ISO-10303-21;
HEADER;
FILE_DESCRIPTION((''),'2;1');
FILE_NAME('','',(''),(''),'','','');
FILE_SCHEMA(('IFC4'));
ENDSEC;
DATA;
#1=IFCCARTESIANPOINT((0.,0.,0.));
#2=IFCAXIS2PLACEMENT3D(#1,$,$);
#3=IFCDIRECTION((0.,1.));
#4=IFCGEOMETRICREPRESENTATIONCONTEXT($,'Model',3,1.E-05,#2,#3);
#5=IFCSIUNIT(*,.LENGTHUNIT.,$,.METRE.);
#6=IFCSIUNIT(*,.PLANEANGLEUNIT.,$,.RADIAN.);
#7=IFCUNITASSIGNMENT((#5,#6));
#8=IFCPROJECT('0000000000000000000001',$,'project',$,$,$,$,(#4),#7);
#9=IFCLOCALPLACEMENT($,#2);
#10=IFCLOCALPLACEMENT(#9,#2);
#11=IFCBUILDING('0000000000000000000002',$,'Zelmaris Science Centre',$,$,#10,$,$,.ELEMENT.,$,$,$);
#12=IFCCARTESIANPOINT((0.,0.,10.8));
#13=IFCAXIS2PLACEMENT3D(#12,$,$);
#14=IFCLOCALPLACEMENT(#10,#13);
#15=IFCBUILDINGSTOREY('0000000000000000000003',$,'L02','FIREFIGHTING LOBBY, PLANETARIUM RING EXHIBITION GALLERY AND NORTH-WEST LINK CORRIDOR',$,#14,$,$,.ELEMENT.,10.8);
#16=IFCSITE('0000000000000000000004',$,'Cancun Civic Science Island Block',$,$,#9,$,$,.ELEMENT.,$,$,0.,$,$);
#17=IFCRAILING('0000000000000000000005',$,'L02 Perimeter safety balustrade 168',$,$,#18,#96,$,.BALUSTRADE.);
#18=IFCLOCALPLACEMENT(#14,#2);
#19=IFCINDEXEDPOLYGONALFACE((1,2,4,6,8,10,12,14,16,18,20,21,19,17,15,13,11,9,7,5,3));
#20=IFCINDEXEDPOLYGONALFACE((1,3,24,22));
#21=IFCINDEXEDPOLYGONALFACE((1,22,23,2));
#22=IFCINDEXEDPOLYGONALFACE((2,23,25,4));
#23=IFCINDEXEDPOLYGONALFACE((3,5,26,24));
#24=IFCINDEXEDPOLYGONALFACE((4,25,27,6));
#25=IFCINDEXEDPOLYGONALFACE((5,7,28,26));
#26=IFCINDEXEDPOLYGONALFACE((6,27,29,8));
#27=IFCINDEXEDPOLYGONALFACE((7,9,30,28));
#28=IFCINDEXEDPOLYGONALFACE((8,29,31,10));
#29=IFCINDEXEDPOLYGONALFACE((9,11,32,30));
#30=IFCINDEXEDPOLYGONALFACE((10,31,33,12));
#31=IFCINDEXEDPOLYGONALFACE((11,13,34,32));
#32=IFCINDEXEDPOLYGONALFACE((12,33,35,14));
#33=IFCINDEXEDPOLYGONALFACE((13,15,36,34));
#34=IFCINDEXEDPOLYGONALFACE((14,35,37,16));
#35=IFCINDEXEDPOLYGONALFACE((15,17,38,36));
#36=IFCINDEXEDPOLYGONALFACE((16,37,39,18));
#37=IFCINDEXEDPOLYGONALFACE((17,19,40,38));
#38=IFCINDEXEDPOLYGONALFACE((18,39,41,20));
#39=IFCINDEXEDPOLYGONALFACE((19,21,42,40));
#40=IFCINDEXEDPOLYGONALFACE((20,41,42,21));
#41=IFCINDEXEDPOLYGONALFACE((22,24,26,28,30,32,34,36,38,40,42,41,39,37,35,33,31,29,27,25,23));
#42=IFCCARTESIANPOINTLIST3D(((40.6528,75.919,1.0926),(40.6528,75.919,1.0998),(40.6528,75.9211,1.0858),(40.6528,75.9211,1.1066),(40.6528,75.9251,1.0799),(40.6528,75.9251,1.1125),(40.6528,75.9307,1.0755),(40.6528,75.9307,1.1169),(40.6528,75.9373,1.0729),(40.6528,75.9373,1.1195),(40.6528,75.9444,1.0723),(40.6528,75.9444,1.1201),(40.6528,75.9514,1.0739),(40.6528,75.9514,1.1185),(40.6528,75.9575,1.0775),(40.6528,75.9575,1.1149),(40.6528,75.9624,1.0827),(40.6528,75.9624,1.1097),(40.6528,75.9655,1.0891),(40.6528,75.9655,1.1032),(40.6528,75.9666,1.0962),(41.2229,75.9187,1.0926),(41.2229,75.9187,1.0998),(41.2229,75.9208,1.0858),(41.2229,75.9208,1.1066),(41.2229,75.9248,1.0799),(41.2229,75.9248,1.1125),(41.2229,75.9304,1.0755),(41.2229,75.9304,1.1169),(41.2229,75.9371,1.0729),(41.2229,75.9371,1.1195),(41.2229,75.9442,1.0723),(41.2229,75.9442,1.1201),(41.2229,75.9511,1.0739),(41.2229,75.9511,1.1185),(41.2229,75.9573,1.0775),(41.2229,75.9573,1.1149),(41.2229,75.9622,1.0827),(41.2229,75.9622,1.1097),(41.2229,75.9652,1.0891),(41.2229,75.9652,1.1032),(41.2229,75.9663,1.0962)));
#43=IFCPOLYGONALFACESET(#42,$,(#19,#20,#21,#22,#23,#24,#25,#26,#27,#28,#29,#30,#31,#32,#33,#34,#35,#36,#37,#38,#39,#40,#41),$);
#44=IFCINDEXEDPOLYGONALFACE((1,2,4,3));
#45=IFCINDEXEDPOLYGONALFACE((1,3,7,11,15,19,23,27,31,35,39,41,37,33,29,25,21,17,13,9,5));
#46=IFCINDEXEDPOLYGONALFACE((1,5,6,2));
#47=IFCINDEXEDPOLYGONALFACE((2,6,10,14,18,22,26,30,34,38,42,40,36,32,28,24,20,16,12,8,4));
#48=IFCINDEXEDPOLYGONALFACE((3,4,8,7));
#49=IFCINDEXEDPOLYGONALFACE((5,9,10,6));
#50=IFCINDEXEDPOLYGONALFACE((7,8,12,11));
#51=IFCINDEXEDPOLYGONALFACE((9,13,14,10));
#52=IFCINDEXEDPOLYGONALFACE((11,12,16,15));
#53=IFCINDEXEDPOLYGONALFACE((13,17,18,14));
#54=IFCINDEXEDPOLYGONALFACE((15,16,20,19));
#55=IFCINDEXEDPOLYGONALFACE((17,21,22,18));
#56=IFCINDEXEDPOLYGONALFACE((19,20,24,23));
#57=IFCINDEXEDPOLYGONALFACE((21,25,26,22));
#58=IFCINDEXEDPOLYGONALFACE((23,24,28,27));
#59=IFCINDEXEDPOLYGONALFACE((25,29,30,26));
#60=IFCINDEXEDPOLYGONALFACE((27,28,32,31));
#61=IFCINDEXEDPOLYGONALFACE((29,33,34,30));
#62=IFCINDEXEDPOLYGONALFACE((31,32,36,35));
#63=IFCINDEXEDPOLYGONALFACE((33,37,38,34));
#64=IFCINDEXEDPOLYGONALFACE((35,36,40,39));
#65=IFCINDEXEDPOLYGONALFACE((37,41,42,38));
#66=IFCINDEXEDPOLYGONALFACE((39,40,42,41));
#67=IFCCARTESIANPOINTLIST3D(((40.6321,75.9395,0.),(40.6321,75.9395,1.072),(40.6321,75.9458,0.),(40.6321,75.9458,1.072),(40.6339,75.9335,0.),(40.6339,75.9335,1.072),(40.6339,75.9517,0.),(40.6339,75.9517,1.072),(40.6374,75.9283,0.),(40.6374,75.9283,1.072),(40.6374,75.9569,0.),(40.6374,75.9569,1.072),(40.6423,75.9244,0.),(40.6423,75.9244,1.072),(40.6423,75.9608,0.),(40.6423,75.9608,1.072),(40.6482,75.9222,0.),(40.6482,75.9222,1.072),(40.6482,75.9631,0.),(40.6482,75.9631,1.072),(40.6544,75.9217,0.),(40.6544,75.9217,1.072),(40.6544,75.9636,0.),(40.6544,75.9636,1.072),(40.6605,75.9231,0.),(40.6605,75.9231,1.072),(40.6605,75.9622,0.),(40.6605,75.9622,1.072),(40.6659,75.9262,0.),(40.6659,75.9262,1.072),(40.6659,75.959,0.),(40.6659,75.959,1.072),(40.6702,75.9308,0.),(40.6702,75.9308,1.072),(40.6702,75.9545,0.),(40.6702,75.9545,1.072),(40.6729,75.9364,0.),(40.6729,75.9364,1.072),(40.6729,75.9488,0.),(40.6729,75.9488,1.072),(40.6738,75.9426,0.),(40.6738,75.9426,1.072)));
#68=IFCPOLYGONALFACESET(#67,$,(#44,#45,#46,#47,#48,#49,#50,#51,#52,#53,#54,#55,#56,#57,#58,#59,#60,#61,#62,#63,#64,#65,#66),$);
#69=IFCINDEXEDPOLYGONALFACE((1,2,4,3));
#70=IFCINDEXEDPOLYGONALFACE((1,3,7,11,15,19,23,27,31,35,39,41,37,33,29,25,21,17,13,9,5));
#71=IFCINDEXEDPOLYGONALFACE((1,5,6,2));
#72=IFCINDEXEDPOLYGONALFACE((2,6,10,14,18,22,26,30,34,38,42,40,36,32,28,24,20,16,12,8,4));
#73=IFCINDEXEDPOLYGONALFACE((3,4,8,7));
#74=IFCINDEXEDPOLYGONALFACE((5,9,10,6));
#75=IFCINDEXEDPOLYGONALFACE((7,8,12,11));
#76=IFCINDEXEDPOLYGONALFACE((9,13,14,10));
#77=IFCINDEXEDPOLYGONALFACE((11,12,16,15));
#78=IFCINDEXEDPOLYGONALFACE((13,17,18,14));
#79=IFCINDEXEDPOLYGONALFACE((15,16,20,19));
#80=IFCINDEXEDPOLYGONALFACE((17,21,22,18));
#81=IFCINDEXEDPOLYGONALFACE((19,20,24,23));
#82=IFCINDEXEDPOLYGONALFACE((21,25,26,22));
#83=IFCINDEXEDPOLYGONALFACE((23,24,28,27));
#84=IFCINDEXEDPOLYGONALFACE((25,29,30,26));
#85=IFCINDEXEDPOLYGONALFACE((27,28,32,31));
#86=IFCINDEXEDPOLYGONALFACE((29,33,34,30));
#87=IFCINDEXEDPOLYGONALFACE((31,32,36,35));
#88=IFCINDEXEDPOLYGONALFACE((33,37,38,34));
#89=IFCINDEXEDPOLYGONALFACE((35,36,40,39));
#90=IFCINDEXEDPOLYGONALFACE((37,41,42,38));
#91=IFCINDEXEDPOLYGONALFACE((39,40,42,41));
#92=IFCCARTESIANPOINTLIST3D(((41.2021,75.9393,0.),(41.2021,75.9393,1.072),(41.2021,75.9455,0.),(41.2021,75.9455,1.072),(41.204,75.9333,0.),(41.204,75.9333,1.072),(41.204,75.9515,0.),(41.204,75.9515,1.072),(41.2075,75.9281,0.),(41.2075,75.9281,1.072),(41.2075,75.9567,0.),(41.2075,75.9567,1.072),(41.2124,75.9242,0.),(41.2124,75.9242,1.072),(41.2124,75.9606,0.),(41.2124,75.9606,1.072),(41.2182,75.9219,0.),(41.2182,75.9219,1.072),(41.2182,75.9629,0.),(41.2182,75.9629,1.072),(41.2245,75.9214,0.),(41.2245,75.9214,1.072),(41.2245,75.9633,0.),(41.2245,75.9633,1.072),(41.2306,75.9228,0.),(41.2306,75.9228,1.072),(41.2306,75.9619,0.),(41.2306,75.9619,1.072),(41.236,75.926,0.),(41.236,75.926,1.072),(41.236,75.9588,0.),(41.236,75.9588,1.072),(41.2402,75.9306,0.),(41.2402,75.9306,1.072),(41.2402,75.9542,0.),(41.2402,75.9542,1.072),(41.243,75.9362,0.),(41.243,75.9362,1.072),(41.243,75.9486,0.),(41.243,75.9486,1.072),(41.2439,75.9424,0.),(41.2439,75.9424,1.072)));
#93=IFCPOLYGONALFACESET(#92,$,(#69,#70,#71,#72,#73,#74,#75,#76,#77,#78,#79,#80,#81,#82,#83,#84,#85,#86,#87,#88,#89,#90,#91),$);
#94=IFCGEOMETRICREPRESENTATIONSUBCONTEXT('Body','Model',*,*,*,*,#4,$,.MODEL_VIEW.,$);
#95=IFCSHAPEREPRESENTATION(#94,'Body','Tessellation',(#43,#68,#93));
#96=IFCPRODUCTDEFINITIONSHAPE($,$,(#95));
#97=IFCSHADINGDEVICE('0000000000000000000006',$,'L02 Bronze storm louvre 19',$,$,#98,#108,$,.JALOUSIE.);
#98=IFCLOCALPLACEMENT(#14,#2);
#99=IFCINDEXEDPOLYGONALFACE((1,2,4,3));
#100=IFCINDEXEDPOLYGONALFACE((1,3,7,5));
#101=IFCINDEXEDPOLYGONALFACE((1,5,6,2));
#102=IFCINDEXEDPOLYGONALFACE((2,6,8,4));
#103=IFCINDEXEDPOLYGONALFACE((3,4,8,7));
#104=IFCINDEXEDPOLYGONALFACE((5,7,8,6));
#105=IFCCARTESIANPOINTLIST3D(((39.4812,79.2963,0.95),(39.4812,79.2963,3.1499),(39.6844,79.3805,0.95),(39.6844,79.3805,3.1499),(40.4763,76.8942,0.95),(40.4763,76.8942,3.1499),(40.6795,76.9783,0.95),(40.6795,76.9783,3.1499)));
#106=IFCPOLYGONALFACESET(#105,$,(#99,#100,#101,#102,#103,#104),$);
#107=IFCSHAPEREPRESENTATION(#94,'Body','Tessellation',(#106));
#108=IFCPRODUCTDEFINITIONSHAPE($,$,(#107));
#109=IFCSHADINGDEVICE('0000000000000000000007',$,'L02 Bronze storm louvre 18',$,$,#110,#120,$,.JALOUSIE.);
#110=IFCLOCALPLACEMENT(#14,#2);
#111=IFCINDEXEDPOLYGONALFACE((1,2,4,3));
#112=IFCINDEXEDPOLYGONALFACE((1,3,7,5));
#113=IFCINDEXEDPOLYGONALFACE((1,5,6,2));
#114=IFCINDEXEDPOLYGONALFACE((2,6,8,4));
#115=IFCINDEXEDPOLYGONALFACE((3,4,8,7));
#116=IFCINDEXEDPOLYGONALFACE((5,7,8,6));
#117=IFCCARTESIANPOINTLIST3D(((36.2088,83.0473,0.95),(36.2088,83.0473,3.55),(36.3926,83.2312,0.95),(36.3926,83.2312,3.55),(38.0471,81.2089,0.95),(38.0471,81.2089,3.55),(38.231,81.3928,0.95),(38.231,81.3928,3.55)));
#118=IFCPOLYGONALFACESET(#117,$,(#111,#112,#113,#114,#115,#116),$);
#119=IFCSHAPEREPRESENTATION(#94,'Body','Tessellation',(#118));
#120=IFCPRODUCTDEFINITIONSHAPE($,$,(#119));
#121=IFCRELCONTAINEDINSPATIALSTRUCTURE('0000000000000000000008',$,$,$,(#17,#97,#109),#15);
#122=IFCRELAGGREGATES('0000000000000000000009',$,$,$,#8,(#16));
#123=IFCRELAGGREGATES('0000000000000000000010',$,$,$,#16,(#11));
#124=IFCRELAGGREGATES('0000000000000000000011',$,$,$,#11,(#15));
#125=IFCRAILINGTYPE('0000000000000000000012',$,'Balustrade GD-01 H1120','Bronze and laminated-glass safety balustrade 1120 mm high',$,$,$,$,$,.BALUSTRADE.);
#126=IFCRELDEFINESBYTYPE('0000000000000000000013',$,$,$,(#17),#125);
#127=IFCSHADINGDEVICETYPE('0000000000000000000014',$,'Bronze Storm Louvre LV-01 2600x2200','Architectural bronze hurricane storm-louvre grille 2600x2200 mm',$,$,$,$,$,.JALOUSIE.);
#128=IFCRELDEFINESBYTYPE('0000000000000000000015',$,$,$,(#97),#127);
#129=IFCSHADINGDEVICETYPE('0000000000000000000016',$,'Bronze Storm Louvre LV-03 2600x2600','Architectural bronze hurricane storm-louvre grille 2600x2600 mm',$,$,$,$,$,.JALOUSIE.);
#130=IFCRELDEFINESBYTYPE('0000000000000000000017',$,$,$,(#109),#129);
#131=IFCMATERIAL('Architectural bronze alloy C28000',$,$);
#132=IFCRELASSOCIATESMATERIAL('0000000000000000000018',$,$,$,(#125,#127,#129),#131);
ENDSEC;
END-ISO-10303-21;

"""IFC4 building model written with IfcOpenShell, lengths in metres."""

from ifc_helpers import new_model, si_unit, direction, frame, frame_2d, origin, origin_2d, place, context, subcontext, project, spatial, rectangle, circle, extrude, material, type_object, element, save


model = new_model("IFC4")

# Units and contexts
model_context = context("Model", 3, precision=1e-05, world=origin(), true_north=direction((0.0, 1.0)))
body_context = subcontext(model_context, "Body", "Model", "MODEL_VIEW")
ifc_project = project(units=[si_unit("LENGTHUNIT", "METRE"), si_unit("PLANEANGLEUNIT", "RADIAN")], contexts=[model_context])

# Site, building, storey
site_placement = place(None, origin())
site = spatial("IfcSite", under=ifc_project, at=site_placement, Name="Cancun Civic Science Island Block", CompositionType="ELEMENT", RefElevation=0.0)
building_placement = place(site_placement, origin())
building = spatial("IfcBuilding", under=site, at=building_placement, Name="Zelmaris Science Centre", CompositionType="ELEMENT")
storey_placement = place(building_placement, frame((0.0, 0.0, 10.8)))
storey = spatial("IfcBuildingStorey", under=building, at=storey_placement, Name="L02", Description="FIREFIGHTING LOBBY, PLANETARIUM RING EXHIBITION GALLERY AND NORTH-WEST LINK CORRIDOR", CompositionType="ELEMENT", Elevation=10.8)

# Railing
ifc_material_1 = material(Name="Architectural bronze alloy C28000")
railing_type = type_object("IfcRailingType", Name="Balustrade GD-01 H1120", Description="Bronze and laminated-glass safety balustrade 1120 mm high", PredefinedType="BALUSTRADE", material=ifc_material_1)
railing_1_placement = place(storey_placement, frame((40.6528, 75.9426, 0.0)))
element("IfcRailing", 1, at=railing_1_placement, inside=storey, type_object=railing_type, Name="L02 Perimeter safety balustrade 168", PredefinedType="BALUSTRADE", context=body_context, shape_type="SweptSolid", body=[
    extrude(circle(Radius=0.0239, at=origin_2d()), frame((0.0, 0.0, 1.0962), z_axis=(1.0, -0.000428, 0.0), x_axis=(0.000428, 1.0, 0.0)), (0.0, 0.0, 1.0), 0.5701),
    extrude(circle(Radius=0.021, at=origin_2d()), origin(), (0.0, 0.0, 1.0), 1.072),
    extrude(circle(Radius=0.021, at=origin_2d()), frame((0.5701, -0.0002, 0.0)), (0.0, 0.0, 1.0), 1.072),
])

# Shading devices
shading_device_type_1 = type_object("IfcShadingDeviceType", Name="Bronze Storm Louvre LV-01 2600x2200", Description="Architectural bronze hurricane storm-louvre grille 2600x2200 mm", PredefinedType="JALOUSIE", material=ifc_material_1)
shading_device_1_placement = place(storey_placement, frame((39.5828, 79.3384, 0.95), z_axis=(0.0, 0.0, 1.0), x_axis=(0.382728, -0.923861, 0.0)))
element("IfcShadingDevice", 2, at=shading_device_1_placement, inside=storey, type_object=shading_device_type_1, Name="L02 Bronze storm louvre 19", PredefinedType="JALOUSIE", context=body_context, shape_type="SweptSolid", body=[
    extrude(rectangle(XDim=2.6001, YDim=0.22, at=frame_2d((1.3, 0.0))), origin(), (0.0, 0.0, 1.0), 2.2),
])
shading_device_type_2 = type_object("IfcShadingDeviceType", Name="Bronze Storm Louvre LV-03 2600x2600", Description="Architectural bronze hurricane storm-louvre grille 2600x2600 mm", PredefinedType="JALOUSIE", material=ifc_material_1)
shading_device_2_placement = place(storey_placement, frame((36.3008, 83.1392, 0.95), z_axis=(0.0, 0.0, 1.0), x_axis=(0.707107, -0.707107, 0.0)))
element("IfcShadingDevice", 3, at=shading_device_2_placement, inside=storey, type_object=shading_device_type_2, Name="L02 Bronze storm louvre 18", PredefinedType="JALOUSIE", context=body_context, shape_type="SweptSolid", body=[
    extrude(rectangle(XDim=2.5999, YDim=0.26, at=frame_2d((1.2998, 0.0))), origin(), (0.0, 0.0, 1.0), 2.6001),
])

save(model, "model.ifc")
